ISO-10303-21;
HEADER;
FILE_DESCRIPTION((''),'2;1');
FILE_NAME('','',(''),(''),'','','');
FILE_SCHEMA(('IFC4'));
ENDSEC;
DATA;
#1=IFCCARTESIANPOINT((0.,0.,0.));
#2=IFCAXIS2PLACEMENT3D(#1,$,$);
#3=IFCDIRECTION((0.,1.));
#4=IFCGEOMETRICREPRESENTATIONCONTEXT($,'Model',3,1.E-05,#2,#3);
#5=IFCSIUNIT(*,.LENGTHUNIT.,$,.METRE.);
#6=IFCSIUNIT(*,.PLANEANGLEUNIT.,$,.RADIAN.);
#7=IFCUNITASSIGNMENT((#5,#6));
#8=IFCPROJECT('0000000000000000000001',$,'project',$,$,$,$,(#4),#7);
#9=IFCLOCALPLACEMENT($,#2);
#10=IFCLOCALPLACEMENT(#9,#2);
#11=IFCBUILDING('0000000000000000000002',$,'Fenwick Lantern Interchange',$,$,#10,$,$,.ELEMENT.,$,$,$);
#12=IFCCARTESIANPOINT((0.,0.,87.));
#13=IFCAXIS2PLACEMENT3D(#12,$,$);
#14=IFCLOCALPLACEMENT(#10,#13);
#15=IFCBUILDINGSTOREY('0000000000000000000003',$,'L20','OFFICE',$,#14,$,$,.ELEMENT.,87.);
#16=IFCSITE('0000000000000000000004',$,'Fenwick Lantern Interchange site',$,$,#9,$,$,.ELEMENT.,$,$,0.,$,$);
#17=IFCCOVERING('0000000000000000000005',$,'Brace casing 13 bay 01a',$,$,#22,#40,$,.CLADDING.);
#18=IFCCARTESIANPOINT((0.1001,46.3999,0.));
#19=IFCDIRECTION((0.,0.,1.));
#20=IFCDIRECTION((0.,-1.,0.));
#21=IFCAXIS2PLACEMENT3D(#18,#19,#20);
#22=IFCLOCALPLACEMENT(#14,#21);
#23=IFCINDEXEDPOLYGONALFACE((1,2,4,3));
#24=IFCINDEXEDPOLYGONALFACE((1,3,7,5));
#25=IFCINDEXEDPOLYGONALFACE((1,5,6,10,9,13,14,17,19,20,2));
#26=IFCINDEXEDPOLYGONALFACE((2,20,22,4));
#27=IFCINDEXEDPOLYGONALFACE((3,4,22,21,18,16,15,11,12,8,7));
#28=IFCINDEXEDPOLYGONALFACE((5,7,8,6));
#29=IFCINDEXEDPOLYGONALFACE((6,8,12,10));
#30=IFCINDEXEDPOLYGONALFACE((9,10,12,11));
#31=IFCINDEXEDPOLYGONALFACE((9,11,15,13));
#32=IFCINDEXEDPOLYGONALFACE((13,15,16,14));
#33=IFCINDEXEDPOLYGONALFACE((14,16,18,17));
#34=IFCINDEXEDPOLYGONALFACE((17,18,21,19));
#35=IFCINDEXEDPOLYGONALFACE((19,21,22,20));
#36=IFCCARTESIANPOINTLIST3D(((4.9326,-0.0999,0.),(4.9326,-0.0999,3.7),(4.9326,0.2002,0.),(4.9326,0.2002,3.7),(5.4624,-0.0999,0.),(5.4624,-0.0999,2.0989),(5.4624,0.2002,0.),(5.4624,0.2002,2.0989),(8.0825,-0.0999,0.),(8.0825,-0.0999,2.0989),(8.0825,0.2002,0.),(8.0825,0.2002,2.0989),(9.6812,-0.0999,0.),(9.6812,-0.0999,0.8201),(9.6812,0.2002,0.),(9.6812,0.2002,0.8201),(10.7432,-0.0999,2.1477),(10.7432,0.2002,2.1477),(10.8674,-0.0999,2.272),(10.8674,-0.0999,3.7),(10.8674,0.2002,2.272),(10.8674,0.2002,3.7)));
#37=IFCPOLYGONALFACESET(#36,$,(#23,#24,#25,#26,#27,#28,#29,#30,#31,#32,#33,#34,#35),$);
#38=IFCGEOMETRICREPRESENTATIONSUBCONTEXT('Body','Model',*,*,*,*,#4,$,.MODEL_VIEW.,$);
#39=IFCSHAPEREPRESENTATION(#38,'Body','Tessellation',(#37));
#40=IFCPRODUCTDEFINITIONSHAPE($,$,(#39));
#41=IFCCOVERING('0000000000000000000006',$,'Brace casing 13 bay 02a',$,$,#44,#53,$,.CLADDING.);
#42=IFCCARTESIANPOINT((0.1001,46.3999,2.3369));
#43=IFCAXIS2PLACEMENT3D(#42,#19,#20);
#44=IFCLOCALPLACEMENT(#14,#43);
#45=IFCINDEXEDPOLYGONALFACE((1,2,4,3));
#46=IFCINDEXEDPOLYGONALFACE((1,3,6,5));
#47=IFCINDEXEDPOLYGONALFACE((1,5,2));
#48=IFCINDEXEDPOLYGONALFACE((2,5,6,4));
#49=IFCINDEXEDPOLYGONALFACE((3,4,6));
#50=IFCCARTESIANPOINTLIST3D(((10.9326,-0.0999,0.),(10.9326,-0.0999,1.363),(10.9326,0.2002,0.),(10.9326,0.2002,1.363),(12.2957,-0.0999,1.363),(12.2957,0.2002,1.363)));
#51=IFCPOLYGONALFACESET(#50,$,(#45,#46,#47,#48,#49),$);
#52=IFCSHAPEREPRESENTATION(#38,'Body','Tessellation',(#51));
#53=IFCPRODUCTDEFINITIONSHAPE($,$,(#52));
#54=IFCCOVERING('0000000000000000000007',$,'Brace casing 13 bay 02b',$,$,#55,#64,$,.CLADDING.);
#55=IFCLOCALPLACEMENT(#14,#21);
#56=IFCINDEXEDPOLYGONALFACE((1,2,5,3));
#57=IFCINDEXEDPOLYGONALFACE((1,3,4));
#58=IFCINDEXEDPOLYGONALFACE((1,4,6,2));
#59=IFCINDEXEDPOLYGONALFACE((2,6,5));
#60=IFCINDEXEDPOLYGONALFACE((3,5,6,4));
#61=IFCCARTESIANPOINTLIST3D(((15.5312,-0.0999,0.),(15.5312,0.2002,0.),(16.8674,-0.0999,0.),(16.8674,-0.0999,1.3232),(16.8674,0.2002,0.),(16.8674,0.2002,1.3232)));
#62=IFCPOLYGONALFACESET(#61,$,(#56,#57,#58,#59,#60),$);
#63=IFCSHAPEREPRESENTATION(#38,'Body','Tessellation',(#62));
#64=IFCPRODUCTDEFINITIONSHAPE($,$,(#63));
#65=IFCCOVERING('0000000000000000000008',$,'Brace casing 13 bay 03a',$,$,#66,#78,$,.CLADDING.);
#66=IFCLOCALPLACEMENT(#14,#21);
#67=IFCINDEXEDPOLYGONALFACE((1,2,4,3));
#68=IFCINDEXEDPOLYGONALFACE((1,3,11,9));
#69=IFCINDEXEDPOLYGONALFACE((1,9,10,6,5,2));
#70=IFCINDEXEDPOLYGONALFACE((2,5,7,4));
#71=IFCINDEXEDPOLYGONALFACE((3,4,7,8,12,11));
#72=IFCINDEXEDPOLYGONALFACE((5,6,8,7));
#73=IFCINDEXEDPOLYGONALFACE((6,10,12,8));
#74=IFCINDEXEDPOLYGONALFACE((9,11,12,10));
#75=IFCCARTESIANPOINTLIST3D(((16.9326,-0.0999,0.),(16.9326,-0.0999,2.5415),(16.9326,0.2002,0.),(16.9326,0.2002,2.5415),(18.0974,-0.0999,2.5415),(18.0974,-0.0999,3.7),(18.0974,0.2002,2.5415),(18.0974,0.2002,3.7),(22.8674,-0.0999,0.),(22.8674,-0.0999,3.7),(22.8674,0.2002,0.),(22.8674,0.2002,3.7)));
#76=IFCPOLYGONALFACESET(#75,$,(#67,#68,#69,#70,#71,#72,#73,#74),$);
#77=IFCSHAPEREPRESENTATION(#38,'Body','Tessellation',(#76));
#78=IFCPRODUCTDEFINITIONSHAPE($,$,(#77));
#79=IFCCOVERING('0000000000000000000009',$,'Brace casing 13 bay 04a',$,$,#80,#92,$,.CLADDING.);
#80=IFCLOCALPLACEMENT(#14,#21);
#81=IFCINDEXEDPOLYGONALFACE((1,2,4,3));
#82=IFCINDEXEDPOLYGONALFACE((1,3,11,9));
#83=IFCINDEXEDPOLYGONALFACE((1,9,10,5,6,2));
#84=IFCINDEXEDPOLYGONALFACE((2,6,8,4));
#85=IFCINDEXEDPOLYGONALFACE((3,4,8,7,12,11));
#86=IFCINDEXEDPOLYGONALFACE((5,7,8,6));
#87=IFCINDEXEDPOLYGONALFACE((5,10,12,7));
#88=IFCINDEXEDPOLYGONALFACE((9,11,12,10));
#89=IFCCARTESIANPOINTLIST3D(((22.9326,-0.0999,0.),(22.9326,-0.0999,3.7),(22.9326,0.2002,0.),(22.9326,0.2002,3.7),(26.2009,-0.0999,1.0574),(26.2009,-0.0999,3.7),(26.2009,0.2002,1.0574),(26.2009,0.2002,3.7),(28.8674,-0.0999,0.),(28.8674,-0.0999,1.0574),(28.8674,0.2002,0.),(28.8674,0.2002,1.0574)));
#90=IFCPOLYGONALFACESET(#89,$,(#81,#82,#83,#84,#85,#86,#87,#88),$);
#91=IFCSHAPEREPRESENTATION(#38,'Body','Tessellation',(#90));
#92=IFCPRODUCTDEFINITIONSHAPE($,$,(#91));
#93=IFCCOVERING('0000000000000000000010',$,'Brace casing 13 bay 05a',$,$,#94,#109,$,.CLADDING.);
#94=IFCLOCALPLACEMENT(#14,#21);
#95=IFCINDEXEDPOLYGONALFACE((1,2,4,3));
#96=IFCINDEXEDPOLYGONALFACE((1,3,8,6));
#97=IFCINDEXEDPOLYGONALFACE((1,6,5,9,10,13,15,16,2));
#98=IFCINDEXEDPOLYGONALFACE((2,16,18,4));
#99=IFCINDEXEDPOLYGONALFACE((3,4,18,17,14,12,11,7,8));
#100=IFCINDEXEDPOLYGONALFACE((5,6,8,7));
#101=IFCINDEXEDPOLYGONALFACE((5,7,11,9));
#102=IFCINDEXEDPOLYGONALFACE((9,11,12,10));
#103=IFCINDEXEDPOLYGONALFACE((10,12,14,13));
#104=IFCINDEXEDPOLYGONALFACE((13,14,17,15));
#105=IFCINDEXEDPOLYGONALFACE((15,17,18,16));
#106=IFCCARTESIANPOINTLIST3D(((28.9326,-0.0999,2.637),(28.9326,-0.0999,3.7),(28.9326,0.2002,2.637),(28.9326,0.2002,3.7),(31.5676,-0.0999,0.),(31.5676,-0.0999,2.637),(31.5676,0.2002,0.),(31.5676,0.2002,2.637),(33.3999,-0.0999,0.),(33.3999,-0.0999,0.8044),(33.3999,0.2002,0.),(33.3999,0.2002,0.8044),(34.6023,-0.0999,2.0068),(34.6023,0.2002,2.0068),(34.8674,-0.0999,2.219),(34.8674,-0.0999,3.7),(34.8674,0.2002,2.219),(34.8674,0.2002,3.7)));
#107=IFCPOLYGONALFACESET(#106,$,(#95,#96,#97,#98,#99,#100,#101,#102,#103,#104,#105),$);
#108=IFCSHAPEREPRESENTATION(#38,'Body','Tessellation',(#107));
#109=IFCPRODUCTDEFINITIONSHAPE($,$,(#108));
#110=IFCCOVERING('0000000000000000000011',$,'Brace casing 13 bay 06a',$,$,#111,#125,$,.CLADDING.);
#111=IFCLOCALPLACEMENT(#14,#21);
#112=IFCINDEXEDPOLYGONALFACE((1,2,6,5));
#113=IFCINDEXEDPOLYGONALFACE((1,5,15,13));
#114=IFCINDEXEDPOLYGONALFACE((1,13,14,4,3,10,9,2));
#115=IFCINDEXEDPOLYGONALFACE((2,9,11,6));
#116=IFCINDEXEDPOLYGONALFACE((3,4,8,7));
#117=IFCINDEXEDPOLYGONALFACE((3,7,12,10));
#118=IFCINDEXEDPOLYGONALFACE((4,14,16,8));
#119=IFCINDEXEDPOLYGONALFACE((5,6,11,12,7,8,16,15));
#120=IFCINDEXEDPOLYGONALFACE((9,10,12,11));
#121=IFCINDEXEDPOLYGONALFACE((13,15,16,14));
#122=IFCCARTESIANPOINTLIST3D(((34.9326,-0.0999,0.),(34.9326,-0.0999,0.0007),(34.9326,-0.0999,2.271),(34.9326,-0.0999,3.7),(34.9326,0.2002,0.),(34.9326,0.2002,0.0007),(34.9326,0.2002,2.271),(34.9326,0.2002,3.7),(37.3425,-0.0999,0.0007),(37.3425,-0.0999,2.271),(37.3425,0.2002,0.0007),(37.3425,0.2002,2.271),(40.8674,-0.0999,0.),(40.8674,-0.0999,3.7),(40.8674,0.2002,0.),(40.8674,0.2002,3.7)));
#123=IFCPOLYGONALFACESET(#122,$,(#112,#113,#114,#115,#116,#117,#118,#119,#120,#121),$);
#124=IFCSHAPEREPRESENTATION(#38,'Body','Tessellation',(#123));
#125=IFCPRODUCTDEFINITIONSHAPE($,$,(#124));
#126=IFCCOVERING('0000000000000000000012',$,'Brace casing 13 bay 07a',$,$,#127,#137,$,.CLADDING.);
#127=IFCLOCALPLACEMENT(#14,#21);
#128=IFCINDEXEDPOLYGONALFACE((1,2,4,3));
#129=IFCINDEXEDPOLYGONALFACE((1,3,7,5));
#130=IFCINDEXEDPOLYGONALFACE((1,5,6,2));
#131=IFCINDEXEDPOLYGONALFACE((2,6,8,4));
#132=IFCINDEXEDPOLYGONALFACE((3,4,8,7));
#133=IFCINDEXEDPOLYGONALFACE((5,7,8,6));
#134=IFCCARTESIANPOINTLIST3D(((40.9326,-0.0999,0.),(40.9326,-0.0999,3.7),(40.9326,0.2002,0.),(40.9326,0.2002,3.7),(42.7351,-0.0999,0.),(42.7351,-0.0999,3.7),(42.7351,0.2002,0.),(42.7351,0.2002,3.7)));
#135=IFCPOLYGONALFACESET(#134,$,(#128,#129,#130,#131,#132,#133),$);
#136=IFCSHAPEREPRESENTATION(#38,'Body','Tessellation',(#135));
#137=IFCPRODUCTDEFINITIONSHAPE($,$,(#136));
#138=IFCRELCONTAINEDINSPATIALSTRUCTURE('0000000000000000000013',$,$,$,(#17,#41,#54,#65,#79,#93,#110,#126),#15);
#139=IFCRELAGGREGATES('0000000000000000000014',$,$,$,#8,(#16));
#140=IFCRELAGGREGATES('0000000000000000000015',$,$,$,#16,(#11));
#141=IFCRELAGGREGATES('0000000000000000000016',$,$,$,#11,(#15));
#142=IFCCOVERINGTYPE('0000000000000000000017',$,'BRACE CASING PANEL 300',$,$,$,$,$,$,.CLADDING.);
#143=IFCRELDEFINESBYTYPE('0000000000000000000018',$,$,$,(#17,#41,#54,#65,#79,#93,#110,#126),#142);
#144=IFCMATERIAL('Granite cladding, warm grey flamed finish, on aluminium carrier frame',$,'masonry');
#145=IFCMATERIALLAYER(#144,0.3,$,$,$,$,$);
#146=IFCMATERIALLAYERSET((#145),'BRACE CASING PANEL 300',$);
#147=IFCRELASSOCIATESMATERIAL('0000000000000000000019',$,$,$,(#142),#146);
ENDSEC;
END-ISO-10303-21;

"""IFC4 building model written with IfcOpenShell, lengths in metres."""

from ifc_helpers import new_model, si_unit, direction, frame, origin, place, context, subcontext, project, spatial, polyline, outline, extrude, material, layer, layer_set, type_object, element, save


model = new_model("IFC4")

# Units and contexts
model_context = context("Model", 3, precision=1e-05, world=origin(), true_north=direction((0.0, 1.0)))
body_context = subcontext(model_context, "Body", "Model", "MODEL_VIEW")
ifc_project = project(units=[si_unit("LENGTHUNIT", "METRE"), si_unit("PLANEANGLEUNIT", "RADIAN")], contexts=[model_context])

# Site, building, storey
site_placement = place(None, origin())
site = spatial("IfcSite", under=ifc_project, at=site_placement, Name="Fenwick Lantern Interchange site", CompositionType="ELEMENT", RefElevation=0.0)
building_placement = place(site_placement, origin())
building = spatial("IfcBuilding", under=site, at=building_placement, Name="Fenwick Lantern Interchange", CompositionType="ELEMENT")
storey_placement = place(building_placement, frame((0.0, 0.0, 87.0)))
storey = spatial("IfcBuildingStorey", under=building, at=storey_placement, Name="L20", Description="OFFICE", CompositionType="ELEMENT", Elevation=87.0)

# Coverings
ifc_material_1 = material(Name="Granite cladding, warm grey flamed finish, on aluminium carrier frame", Category="masonry")
ifc_layer_1 = layer(ifc_material_1, 0.3)
ifc_layer_set_1 = layer_set([ifc_layer_1], Name="BRACE CASING PANEL 300")
covering_type = type_object("IfcCoveringType", Name="BRACE CASING PANEL 300", PredefinedType="CLADDING", material=ifc_layer_set_1)
covering_1_placement = place(storey_placement, frame((0.1001, 46.3999, 0.0), z_axis=(0.0, 0.0, 1.0), x_axis=(0.0, -1.0, 0.0)))
element("IfcCovering", 1, at=covering_1_placement, inside=storey, type_object=covering_type, Name="Brace casing 13 bay 01a", PredefinedType="CLADDING", context=body_context, shape_type="SweptSolid", body=[
    extrude(outline(polyline([(4.9326, 0.0), (5.4624, 0.0), (5.4624, 2.0989), (8.0825, 2.0989), (8.0825, 0.0), (9.6812, 0.0), (9.6812, 0.8201), (10.7432, 2.1477), (10.8674, 2.272), (10.8674, 3.7), (4.9326, 3.7), (4.9326, 0.0)])), frame((0.0, 0.2002, 0.0), z_axis=(0.0, -1.0, 0.0), x_axis=(1.0, 0.0, 0.0)), (0.0, 0.0, 1.0), 0.3),
])
covering_2_placement = place(storey_placement, frame((0.1001, 46.3999, 2.3369), z_axis=(0.0, 0.0, 1.0), x_axis=(0.0, -1.0, 0.0)))
element("IfcCovering", 2, at=covering_2_placement, inside=storey, type_object=covering_type, Name="Brace casing 13 bay 02a", PredefinedType="CLADDING", context=body_context, shape_type="SweptSolid", body=[
    extrude(outline(polyline([(10.9326, 0.0), (12.2957, 1.363), (10.9326, 1.363), (10.9326, 0.0)])), frame((0.0, 0.2002, 0.0), z_axis=(0.0, -1.0, 0.0), x_axis=(1.0, 0.0, 0.0)), (0.0, 0.0, 1.0), 0.3),
])
covering_3_placement = place(storey_placement, frame((0.1001, 46.3999, 0.0), z_axis=(0.0, 0.0, 1.0), x_axis=(0.0, -1.0, 0.0)))
element("IfcCovering", 3, at=covering_3_placement, inside=storey, type_object=covering_type, Name="Brace casing 13 bay 02b", PredefinedType="CLADDING", context=body_context, shape_type="SweptSolid", body=[
    extrude(outline(polyline([(15.5312, 0.0), (16.8674, 0.0), (16.8674, 1.3232), (15.5312, 0.0)])), frame((0.0, 0.2002, 0.0), z_axis=(0.0, -1.0, 0.0), x_axis=(1.0, 0.0, 0.0)), (0.0, 0.0, 1.0), 0.3),
])
covering_4_placement = place(storey_placement, frame((0.1001, 46.3999, 0.0), z_axis=(0.0, 0.0, 1.0), x_axis=(0.0, -1.0, 0.0)))
element("IfcCovering", 4, at=covering_4_placement, inside=storey, type_object=covering_type, Name="Brace casing 13 bay 03a", PredefinedType="CLADDING", context=body_context, shape_type="SweptSolid", body=[
    extrude(outline(polyline([(16.9326, 0.0), (22.8674, 0.0), (22.8674, 3.7), (18.0974, 3.7), (18.0974, 2.5415), (16.9326, 2.5415), (16.9326, 0.0)])), frame((0.0, 0.2002, 0.0), z_axis=(0.0, -1.0, 0.0), x_axis=(1.0, 0.0, 0.0)), (0.0, 0.0, 1.0), 0.3),
])
covering_5_placement = place(storey_placement, frame((0.1001, 46.3999, 0.0), z_axis=(0.0, 0.0, 1.0), x_axis=(0.0, -1.0, 0.0)))
element("IfcCovering", 5, at=covering_5_placement, inside=storey, type_object=covering_type, Name="Brace casing 13 bay 04a", PredefinedType="CLADDING", context=body_context, shape_type="SweptSolid", body=[
    extrude(outline(polyline([(22.9326, 0.0), (28.8674, 0.0), (28.8674, 1.0574), (26.2009, 1.0574), (26.2009, 3.7), (22.9326, 3.7), (22.9326, 0.0)])), frame((0.0, 0.2002, 0.0), z_axis=(0.0, -1.0, 0.0), x_axis=(1.0, 0.0, 0.0)), (0.0, 0.0, 1.0), 0.3),
])
covering_6_placement = place(storey_placement, frame((0.1001, 46.3999, 0.0), z_axis=(0.0, 0.0, 1.0), x_axis=(0.0, -1.0, 0.0)))
element("IfcCovering", 6, at=covering_6_placement, inside=storey, type_object=covering_type, Name="Brace casing 13 bay 05a", PredefinedType="CLADDING", context=body_context, shape_type="SweptSolid", body=[
    extrude(outline(polyline([(31.5676, 0.0), (33.3999, 0.0), (33.3999, 0.8044), (34.6023, 2.0068), (34.8674, 2.219), (34.8674, 3.7), (28.9326, 3.7), (28.9326, 2.637), (31.5676, 2.637), (31.5676, 0.0)])), frame((0.0, 0.2002, 0.0), z_axis=(0.0, -1.0, 0.0), x_axis=(1.0, 0.0, 0.0)), (0.0, 0.0, 1.0), 0.3),
])
covering_7_placement = place(storey_placement, frame((0.1001, 46.3999, 0.0), z_axis=(0.0, 0.0, 1.0), x_axis=(0.0, -1.0, 0.0)))
element("IfcCovering", 7, at=covering_7_placement, inside=storey, type_object=covering_type, Name="Brace casing 13 bay 06a", PredefinedType="CLADDING", context=body_context, shape_type="SweptSolid", body=[
    extrude(outline(polyline([(34.9326, 0.0), (40.8674, 0.0), (40.8674, 3.7), (34.9326, 3.7), (34.9326, 2.271), (37.3425, 2.271), (37.3425, 0.0007), (34.9326, 0.0007), (34.9326, 0.0)])), frame((0.0, 0.2002, 0.0), z_axis=(0.0, -1.0, 0.0), x_axis=(1.0, 0.0, 0.0)), (0.0, 0.0, 1.0), 0.3),
])
covering_8_placement = place(storey_placement, frame((0.1001, 46.3999, 0.0), z_axis=(0.0, 0.0, 1.0), x_axis=(0.0, -1.0, 0.0)))
element("IfcCovering", 8, at=covering_8_placement, inside=storey, type_object=covering_type, Name="Brace casing 13 bay 07a", PredefinedType="CLADDING", context=body_context, shape_type="SweptSolid", body=[
    extrude(outline(polyline([(40.9326, 0.0), (42.7351, 0.0), (42.7351, 3.7), (40.9326, 3.7), (40.9326, 0.0)])), frame((0.0, 0.2002, 0.0), z_axis=(0.0, -1.0, 0.0), x_axis=(1.0, 0.0, 0.0)), (0.0, 0.0, 1.0), 0.3),
])

save(model, "model.ifc")
